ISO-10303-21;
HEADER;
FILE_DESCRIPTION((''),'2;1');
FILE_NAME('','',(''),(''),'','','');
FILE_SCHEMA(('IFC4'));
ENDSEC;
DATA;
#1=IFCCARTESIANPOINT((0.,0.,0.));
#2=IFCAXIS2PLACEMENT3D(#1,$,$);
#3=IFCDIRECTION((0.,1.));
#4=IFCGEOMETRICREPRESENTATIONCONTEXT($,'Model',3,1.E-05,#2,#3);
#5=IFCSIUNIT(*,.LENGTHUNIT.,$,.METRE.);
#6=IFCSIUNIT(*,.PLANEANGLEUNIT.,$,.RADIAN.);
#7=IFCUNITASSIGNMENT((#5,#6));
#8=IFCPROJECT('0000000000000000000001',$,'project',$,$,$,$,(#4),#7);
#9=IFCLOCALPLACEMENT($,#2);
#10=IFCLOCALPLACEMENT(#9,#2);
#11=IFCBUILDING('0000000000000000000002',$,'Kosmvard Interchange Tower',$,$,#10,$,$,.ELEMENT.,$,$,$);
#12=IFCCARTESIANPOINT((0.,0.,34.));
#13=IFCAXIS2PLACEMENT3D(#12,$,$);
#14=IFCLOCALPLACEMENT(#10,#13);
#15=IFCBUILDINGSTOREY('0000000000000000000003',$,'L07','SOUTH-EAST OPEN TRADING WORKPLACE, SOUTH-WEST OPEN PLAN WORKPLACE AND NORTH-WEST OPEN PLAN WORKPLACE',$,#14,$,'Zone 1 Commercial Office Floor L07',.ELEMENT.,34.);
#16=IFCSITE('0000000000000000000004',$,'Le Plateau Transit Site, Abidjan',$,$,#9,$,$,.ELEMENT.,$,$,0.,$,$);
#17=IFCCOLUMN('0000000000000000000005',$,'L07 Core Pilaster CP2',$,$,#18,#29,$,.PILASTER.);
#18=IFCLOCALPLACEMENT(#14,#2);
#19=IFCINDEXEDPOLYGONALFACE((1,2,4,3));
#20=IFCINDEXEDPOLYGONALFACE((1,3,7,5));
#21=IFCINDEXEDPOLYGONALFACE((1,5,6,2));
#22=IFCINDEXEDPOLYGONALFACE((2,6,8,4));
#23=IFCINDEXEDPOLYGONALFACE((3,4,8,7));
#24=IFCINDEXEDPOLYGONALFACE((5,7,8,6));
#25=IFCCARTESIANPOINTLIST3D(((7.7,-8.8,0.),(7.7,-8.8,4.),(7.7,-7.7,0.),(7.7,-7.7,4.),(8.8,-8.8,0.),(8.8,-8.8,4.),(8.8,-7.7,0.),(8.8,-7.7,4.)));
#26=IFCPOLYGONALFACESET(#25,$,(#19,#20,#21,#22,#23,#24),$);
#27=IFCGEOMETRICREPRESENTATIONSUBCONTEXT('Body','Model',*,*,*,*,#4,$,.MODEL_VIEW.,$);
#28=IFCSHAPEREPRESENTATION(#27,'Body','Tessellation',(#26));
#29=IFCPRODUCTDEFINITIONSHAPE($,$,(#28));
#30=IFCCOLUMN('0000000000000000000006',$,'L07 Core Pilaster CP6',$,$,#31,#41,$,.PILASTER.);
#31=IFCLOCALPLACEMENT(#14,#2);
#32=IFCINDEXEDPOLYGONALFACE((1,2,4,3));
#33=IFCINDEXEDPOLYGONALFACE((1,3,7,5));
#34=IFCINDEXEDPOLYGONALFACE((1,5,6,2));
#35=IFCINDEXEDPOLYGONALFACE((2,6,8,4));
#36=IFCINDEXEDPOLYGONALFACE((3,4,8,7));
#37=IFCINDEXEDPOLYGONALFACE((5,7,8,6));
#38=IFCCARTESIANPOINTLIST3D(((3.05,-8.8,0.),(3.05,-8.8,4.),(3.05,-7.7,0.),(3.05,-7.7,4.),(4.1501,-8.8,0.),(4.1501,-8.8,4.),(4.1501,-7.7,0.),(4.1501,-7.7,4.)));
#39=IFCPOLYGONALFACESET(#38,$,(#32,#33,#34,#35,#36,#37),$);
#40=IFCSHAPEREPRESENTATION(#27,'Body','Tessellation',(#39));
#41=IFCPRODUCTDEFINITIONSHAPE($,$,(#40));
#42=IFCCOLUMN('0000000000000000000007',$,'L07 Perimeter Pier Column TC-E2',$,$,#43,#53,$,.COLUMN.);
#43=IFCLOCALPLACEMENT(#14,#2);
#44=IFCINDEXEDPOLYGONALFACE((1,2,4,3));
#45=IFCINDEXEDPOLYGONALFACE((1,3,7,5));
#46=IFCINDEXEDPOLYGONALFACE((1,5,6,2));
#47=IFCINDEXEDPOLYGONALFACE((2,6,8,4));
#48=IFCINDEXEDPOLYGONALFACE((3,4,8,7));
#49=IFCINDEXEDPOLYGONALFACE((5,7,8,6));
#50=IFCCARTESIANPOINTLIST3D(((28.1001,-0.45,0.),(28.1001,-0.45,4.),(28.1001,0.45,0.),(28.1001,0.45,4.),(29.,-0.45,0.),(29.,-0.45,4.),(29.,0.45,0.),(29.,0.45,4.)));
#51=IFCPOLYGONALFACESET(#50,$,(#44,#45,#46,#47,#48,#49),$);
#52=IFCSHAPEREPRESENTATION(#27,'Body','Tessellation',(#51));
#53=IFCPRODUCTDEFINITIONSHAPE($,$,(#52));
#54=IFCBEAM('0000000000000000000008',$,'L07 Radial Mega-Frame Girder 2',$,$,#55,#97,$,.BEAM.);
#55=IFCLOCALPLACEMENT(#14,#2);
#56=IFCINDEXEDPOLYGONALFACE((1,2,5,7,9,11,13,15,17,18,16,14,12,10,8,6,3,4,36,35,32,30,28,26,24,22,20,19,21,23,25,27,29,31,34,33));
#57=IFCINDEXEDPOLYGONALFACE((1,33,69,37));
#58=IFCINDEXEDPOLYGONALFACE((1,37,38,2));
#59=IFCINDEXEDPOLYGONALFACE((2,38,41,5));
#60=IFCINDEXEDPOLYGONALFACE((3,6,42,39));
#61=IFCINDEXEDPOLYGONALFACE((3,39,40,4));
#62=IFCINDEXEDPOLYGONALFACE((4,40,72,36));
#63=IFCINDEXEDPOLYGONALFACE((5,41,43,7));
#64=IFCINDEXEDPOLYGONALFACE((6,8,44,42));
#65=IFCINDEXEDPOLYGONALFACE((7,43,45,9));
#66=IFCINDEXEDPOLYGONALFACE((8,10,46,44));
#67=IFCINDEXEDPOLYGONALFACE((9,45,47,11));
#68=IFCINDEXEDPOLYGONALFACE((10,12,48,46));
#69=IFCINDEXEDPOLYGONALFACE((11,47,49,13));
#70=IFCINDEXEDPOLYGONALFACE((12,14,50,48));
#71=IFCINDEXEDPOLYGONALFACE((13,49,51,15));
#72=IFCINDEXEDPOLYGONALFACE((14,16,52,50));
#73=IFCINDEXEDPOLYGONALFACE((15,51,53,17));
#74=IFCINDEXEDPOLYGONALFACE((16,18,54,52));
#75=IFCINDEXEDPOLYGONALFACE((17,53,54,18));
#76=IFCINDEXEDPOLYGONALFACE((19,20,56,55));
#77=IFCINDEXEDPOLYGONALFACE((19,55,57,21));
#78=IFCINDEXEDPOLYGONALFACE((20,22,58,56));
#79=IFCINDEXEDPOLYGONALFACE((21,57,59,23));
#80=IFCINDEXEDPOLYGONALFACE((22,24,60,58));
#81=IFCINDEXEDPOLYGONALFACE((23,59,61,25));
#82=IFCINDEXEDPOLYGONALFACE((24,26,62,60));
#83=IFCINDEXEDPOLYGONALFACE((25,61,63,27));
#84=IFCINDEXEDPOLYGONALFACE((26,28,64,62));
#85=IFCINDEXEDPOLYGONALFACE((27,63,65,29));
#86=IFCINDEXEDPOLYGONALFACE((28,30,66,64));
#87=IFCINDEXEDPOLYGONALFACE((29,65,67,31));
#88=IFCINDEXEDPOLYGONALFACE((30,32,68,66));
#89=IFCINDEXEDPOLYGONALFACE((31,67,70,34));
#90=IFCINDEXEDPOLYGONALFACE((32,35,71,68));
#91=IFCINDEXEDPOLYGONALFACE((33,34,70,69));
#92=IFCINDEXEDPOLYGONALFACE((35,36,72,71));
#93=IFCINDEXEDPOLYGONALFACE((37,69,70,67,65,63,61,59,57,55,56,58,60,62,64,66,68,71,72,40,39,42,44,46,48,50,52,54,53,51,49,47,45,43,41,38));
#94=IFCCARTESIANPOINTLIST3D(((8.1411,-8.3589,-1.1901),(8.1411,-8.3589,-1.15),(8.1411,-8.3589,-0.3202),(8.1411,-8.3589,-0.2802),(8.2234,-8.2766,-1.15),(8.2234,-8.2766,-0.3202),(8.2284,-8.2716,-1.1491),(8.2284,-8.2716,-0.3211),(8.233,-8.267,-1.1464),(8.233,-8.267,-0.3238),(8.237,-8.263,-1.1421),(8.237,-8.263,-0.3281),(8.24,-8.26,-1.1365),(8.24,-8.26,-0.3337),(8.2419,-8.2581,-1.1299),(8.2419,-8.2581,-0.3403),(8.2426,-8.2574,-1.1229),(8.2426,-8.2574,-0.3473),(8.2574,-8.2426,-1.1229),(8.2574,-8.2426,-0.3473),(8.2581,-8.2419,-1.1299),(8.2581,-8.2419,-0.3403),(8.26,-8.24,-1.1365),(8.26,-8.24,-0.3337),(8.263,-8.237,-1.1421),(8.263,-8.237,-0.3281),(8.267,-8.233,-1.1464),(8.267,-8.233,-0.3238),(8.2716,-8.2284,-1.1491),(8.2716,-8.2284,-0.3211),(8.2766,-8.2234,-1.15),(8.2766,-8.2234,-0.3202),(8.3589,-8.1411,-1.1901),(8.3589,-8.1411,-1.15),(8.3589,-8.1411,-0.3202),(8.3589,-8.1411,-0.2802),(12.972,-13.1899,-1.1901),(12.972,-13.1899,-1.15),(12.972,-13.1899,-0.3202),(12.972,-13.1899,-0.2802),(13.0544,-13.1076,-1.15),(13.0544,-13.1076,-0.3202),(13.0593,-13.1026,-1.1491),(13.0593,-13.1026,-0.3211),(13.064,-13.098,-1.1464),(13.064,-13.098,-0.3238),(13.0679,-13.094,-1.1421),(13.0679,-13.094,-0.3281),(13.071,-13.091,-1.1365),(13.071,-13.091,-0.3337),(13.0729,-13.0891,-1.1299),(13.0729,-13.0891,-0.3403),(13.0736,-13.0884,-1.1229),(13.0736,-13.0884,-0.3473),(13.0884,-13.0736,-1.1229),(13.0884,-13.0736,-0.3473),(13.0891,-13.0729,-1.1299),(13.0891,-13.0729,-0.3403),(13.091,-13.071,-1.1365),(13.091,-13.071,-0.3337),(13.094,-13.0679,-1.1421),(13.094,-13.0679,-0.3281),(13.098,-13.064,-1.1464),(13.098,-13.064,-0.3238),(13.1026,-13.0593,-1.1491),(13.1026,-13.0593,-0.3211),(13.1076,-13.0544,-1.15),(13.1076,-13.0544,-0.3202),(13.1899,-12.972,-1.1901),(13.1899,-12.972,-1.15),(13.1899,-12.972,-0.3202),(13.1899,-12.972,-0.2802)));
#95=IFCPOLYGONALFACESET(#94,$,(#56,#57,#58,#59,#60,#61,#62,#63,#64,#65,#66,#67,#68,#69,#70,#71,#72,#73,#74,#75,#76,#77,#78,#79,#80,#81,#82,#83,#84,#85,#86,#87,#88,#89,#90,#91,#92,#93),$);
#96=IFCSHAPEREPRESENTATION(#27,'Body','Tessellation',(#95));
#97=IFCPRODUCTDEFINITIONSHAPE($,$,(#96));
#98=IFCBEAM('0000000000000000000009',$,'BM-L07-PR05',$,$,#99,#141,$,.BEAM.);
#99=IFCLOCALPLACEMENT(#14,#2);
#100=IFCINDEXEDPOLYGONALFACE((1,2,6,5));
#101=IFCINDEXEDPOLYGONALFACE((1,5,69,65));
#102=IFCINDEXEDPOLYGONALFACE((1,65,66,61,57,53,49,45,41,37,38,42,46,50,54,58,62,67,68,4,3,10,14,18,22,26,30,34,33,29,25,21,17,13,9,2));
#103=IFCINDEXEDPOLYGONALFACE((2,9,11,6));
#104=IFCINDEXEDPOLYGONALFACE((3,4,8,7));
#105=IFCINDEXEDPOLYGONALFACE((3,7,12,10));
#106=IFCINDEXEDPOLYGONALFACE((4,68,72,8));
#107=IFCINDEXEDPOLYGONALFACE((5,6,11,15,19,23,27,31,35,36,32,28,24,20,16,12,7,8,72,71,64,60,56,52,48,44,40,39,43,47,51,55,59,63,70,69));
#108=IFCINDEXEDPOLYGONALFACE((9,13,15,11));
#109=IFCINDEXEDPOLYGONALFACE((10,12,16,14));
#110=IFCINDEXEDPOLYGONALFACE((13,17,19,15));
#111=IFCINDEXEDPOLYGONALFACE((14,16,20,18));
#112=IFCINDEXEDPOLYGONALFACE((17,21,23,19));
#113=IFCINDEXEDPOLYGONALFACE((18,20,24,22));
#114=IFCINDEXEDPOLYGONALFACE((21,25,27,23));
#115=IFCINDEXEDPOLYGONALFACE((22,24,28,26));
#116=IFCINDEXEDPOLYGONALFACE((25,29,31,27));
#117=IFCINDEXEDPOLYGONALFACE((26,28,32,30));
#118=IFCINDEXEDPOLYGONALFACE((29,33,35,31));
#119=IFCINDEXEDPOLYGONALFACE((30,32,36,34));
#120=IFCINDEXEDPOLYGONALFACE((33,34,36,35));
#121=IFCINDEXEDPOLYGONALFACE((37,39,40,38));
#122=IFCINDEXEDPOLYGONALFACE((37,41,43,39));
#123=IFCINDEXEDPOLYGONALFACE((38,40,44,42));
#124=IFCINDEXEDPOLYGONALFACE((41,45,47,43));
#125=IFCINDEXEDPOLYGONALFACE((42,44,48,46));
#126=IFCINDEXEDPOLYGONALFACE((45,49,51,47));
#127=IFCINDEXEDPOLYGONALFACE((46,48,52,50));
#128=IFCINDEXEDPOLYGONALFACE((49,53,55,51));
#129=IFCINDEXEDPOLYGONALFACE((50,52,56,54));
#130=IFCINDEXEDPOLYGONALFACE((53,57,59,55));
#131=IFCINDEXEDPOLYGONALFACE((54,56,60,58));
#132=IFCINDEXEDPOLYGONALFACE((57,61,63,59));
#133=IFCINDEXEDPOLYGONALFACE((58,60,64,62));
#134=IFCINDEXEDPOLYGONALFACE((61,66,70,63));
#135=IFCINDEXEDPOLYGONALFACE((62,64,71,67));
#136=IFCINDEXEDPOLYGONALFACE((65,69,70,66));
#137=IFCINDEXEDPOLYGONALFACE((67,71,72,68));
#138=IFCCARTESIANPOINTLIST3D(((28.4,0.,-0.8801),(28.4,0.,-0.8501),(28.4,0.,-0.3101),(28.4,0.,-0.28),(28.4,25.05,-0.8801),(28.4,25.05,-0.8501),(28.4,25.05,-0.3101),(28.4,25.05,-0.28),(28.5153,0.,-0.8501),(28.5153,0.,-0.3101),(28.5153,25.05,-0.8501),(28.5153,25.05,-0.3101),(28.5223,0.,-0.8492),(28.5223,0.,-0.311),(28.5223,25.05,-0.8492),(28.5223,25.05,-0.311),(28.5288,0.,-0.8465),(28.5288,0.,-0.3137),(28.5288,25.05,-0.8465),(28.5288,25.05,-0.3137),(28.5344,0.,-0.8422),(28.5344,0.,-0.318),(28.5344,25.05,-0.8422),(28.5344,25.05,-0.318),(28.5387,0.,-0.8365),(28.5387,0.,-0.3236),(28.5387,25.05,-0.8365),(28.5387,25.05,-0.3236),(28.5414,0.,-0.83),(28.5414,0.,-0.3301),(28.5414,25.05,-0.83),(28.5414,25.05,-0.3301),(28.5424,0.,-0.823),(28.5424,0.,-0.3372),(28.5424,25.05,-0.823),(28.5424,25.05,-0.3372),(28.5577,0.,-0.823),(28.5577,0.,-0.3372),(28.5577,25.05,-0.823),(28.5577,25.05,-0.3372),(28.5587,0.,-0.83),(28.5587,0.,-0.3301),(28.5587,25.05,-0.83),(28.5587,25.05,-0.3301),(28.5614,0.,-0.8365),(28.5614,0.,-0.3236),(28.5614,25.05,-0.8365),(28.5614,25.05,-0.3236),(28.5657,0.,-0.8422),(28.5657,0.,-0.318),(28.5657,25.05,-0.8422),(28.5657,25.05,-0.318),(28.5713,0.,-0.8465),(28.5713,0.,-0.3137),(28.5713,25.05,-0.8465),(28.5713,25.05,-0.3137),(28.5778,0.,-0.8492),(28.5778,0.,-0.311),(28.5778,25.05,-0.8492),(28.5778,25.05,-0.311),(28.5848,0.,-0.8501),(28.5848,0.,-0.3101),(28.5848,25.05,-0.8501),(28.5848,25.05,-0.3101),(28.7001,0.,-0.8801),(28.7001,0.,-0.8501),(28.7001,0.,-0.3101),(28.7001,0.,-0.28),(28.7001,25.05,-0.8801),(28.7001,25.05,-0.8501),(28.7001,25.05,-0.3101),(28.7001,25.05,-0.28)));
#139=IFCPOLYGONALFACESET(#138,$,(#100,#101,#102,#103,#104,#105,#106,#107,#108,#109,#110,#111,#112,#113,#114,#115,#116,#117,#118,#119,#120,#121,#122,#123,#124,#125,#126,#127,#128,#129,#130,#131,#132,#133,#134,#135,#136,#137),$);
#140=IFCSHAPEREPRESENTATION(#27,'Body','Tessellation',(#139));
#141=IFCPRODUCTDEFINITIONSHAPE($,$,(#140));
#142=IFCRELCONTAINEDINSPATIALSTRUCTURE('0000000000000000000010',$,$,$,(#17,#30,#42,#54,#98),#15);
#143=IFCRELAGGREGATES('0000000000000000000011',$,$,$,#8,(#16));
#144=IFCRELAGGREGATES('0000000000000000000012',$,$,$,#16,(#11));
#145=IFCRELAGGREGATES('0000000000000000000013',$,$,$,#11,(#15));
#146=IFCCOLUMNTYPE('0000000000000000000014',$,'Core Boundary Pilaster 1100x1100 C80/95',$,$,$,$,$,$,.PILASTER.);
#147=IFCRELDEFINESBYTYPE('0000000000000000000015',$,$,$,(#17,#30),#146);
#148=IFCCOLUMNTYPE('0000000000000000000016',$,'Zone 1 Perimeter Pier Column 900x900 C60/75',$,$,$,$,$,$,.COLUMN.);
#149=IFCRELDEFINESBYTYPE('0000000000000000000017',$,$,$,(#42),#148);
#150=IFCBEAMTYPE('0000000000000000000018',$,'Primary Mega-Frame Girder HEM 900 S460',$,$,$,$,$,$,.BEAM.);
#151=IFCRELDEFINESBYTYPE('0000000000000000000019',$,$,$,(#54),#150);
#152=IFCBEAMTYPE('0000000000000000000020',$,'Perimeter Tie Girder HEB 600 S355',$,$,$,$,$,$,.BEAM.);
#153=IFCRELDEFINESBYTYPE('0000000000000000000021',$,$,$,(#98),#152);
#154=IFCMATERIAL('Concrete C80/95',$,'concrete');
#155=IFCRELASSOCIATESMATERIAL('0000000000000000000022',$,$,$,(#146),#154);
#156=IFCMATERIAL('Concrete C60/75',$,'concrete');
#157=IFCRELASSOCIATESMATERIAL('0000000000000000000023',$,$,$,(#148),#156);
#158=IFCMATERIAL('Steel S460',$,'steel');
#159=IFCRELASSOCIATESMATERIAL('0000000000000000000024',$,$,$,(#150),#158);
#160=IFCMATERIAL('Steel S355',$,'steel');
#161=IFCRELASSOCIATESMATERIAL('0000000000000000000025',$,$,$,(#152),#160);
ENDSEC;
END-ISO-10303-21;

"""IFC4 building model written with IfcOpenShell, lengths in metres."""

from ifc_helpers import new_model, si_unit, direction, frame, origin, origin_2d, place, context, subcontext, project, spatial, rectangle, i_section, extrude, source, transform, mapped, material, material_profile, profile_set, type_object, element, save


model = new_model("IFC4")

# Units and contexts
model_context = context("Model", 3, precision=1e-05, world=origin(), true_north=direction((0.0, 1.0)))
body_context = subcontext(model_context, "Body", "Model", "MODEL_VIEW")
ifc_project = project(units=[si_unit("LENGTHUNIT", "METRE"), si_unit("PLANEANGLEUNIT", "RADIAN")], contexts=[model_context])

# Site, building, storey
site_placement = place(None, origin())
site = spatial("IfcSite", under=ifc_project, at=site_placement, Name="Le Plateau Transit Site, Abidjan", CompositionType="ELEMENT", RefElevation=0.0)
building_placement = place(site_placement, origin())
building = spatial("IfcBuilding", under=site, at=building_placement, Name="Kosmvard Interchange Tower", CompositionType="ELEMENT")
storey_placement = place(building_placement, frame((0.0, 0.0, 34.0)))
storey = spatial("IfcBuildingStorey", under=building, at=storey_placement, Name="L07", Description="SOUTH-EAST OPEN TRADING WORKPLACE, SOUTH-WEST OPEN PLAN WORKPLACE AND NORTH-WEST OPEN PLAN WORKPLACE", LongName="Zone 1 Commercial Office Floor L07", CompositionType="ELEMENT", Elevation=34.0)

# Columns
ifc_material_1 = material(Name="Concrete C80/95", Category="concrete")
ifc_material_profile_1 = material_profile(ifc_material_1, rectangle(XDim=1.1001, YDim=1.1001, at=origin_2d()), Name="CP 1100x1100")
ifc_profile_set_1 = profile_set([ifc_material_profile_1], Name="Concrete C80/95")
column_type_1 = type_object("IfcColumnType", Name="Core Boundary Pilaster 1100x1100 C80/95", PredefinedType="PILASTER", material=ifc_profile_set_1)
shared_shape_1 = source(origin(), body_context, "Body", "SweptSolid", [
    extrude(rectangle(XDim=1.1001, YDim=1.1001, at=origin_2d()), origin(), (0.0, 0.0, 1.0), 4.0),
])
for number, where, z_axis, x_axis, name in (
    (1, (8.25, -8.25, 0.0), (0.0, 0.0, 1.0), (1.0, 0.0, 0.0), "L07 Core Pilaster CP2"),
    (2, (3.6001, -8.25, 0.0), (0.0, 0.0, 1.0), (1.0, 0.0, 0.0), "L07 Core Pilaster CP6"),
):
    element("IfcColumn", number, at=place(storey_placement, frame(where, z_axis=z_axis, x_axis=x_axis)), inside=storey, type_object=column_type_1, Name=name, PredefinedType="PILASTER", context=body_context, shape_type="MappedRepresentation", body=[
        mapped(shared_shape_1, transform((0.0, 0.0, 0.0), scale=1.0)),
    ])
ifc_material_2 = material(Name="Concrete C60/75", Category="concrete")
ifc_material_profile_2 = material_profile(ifc_material_2, rectangle(XDim=0.8999, YDim=0.8999, at=origin_2d()), Name="TC 900x900")
ifc_profile_set_2 = profile_set([ifc_material_profile_2], Name="Concrete C60/75")
column_type_2 = type_object("IfcColumnType", Name="Zone 1 Perimeter Pier Column 900x900 C60/75", PredefinedType="COLUMN", material=ifc_profile_set_2)
shared_shape_2 = source(origin(), body_context, "Body", "SweptSolid", [
    extrude(rectangle(XDim=0.8999, YDim=0.8999, at=origin_2d()), origin(), (0.0, 0.0, 1.0), 4.0),
])
column_placement = place(storey_placement, frame((28.55, 0.0, 0.0), z_axis=(0.0, 0.0, 1.0), x_axis=(1.0, 0.0, 0.0)))
element("IfcColumn", 3, at=column_placement, inside=storey, type_object=column_type_2, Name="L07 Perimeter Pier Column TC-E2", PredefinedType="COLUMN", context=body_context, shape_type="MappedRepresentation", body=[
    mapped(shared_shape_2, transform((0.0, 0.0, 0.0), scale=1.0)),
])

# Beams
ifc_material_3 = material(Name="Steel S460", Category="steel")
ifc_material_profile_3 = material_profile(ifc_material_3, i_section(OverallWidth=0.3081, OverallDepth=0.9099, WebThickness=0.021, FlangeThickness=0.04, FilletRadius=0.0271, at=origin_2d()), Name="HEM 900")
ifc_profile_set_3 = profile_set([ifc_material_profile_3], Name="Steel S460")
beam_type_1 = type_object("IfcBeamType", Name="Primary Mega-Frame Girder HEM 900 S460", PredefinedType="BEAM", material=ifc_profile_set_3)
shared_shape_3 = source(origin(), body_context, "Body", "SweptSolid", [
    extrude(i_section(OverallWidth=0.3081, OverallDepth=0.9099, WebThickness=0.021, FlangeThickness=0.04, FilletRadius=0.0271, at=origin_2d()), origin(), (0.0, 0.0, 1.0), 6.832),
])
beam_1_placement = place(storey_placement, frame((8.25, -8.25, -0.7351), z_axis=(0.707107, -0.707107, 0.0), x_axis=(0.707107, 0.707107, 0.0)))
element("IfcBeam", 4, at=beam_1_placement, inside=storey, type_object=beam_type_1, Name="L07 Radial Mega-Frame Girder 2", PredefinedType="BEAM", context=body_context, shape_type="MappedRepresentation", body=[
    mapped(shared_shape_3, transform((0.0, 0.0, 0.0), scale=1.0)),
])
ifc_material_4 = material(Name="Steel S355", Category="steel")
ifc_material_profile_4 = material_profile(ifc_material_4, i_section(OverallWidth=0.3, OverallDepth=0.6001, WebThickness=0.0154, FlangeThickness=0.03, FilletRadius=0.0271, at=origin_2d()), Name="HEB 600")
ifc_profile_set_4 = profile_set([ifc_material_profile_4], Name="Steel S355")
beam_type_2 = type_object("IfcBeamType", Name="Perimeter Tie Girder HEB 600 S355", PredefinedType="BEAM", material=ifc_profile_set_4)
shared_shape_4 = source(origin(), body_context, "Body", "SweptSolid", [
    extrude(i_section(OverallWidth=0.3, OverallDepth=0.6001, WebThickness=0.0154, FlangeThickness=0.03, FilletRadius=0.0271, at=origin_2d()), origin(), (0.0, 0.0, 1.0), 25.05),
])
beam_2_placement = place(storey_placement, frame((28.55, 0.0, -0.5801), z_axis=(0.0, 1.0, 0.0), x_axis=(-1.0, 0.0, 0.0)))
element("IfcBeam", 5, at=beam_2_placement, inside=storey, type_object=beam_type_2, Name="BM-L07-PR05", PredefinedType="BEAM", context=body_context, shape_type="MappedRepresentation", body=[
    mapped(shared_shape_4, transform((0.0, 0.0, 0.0), scale=1.0)),
])

save(model, "model.ifc")
